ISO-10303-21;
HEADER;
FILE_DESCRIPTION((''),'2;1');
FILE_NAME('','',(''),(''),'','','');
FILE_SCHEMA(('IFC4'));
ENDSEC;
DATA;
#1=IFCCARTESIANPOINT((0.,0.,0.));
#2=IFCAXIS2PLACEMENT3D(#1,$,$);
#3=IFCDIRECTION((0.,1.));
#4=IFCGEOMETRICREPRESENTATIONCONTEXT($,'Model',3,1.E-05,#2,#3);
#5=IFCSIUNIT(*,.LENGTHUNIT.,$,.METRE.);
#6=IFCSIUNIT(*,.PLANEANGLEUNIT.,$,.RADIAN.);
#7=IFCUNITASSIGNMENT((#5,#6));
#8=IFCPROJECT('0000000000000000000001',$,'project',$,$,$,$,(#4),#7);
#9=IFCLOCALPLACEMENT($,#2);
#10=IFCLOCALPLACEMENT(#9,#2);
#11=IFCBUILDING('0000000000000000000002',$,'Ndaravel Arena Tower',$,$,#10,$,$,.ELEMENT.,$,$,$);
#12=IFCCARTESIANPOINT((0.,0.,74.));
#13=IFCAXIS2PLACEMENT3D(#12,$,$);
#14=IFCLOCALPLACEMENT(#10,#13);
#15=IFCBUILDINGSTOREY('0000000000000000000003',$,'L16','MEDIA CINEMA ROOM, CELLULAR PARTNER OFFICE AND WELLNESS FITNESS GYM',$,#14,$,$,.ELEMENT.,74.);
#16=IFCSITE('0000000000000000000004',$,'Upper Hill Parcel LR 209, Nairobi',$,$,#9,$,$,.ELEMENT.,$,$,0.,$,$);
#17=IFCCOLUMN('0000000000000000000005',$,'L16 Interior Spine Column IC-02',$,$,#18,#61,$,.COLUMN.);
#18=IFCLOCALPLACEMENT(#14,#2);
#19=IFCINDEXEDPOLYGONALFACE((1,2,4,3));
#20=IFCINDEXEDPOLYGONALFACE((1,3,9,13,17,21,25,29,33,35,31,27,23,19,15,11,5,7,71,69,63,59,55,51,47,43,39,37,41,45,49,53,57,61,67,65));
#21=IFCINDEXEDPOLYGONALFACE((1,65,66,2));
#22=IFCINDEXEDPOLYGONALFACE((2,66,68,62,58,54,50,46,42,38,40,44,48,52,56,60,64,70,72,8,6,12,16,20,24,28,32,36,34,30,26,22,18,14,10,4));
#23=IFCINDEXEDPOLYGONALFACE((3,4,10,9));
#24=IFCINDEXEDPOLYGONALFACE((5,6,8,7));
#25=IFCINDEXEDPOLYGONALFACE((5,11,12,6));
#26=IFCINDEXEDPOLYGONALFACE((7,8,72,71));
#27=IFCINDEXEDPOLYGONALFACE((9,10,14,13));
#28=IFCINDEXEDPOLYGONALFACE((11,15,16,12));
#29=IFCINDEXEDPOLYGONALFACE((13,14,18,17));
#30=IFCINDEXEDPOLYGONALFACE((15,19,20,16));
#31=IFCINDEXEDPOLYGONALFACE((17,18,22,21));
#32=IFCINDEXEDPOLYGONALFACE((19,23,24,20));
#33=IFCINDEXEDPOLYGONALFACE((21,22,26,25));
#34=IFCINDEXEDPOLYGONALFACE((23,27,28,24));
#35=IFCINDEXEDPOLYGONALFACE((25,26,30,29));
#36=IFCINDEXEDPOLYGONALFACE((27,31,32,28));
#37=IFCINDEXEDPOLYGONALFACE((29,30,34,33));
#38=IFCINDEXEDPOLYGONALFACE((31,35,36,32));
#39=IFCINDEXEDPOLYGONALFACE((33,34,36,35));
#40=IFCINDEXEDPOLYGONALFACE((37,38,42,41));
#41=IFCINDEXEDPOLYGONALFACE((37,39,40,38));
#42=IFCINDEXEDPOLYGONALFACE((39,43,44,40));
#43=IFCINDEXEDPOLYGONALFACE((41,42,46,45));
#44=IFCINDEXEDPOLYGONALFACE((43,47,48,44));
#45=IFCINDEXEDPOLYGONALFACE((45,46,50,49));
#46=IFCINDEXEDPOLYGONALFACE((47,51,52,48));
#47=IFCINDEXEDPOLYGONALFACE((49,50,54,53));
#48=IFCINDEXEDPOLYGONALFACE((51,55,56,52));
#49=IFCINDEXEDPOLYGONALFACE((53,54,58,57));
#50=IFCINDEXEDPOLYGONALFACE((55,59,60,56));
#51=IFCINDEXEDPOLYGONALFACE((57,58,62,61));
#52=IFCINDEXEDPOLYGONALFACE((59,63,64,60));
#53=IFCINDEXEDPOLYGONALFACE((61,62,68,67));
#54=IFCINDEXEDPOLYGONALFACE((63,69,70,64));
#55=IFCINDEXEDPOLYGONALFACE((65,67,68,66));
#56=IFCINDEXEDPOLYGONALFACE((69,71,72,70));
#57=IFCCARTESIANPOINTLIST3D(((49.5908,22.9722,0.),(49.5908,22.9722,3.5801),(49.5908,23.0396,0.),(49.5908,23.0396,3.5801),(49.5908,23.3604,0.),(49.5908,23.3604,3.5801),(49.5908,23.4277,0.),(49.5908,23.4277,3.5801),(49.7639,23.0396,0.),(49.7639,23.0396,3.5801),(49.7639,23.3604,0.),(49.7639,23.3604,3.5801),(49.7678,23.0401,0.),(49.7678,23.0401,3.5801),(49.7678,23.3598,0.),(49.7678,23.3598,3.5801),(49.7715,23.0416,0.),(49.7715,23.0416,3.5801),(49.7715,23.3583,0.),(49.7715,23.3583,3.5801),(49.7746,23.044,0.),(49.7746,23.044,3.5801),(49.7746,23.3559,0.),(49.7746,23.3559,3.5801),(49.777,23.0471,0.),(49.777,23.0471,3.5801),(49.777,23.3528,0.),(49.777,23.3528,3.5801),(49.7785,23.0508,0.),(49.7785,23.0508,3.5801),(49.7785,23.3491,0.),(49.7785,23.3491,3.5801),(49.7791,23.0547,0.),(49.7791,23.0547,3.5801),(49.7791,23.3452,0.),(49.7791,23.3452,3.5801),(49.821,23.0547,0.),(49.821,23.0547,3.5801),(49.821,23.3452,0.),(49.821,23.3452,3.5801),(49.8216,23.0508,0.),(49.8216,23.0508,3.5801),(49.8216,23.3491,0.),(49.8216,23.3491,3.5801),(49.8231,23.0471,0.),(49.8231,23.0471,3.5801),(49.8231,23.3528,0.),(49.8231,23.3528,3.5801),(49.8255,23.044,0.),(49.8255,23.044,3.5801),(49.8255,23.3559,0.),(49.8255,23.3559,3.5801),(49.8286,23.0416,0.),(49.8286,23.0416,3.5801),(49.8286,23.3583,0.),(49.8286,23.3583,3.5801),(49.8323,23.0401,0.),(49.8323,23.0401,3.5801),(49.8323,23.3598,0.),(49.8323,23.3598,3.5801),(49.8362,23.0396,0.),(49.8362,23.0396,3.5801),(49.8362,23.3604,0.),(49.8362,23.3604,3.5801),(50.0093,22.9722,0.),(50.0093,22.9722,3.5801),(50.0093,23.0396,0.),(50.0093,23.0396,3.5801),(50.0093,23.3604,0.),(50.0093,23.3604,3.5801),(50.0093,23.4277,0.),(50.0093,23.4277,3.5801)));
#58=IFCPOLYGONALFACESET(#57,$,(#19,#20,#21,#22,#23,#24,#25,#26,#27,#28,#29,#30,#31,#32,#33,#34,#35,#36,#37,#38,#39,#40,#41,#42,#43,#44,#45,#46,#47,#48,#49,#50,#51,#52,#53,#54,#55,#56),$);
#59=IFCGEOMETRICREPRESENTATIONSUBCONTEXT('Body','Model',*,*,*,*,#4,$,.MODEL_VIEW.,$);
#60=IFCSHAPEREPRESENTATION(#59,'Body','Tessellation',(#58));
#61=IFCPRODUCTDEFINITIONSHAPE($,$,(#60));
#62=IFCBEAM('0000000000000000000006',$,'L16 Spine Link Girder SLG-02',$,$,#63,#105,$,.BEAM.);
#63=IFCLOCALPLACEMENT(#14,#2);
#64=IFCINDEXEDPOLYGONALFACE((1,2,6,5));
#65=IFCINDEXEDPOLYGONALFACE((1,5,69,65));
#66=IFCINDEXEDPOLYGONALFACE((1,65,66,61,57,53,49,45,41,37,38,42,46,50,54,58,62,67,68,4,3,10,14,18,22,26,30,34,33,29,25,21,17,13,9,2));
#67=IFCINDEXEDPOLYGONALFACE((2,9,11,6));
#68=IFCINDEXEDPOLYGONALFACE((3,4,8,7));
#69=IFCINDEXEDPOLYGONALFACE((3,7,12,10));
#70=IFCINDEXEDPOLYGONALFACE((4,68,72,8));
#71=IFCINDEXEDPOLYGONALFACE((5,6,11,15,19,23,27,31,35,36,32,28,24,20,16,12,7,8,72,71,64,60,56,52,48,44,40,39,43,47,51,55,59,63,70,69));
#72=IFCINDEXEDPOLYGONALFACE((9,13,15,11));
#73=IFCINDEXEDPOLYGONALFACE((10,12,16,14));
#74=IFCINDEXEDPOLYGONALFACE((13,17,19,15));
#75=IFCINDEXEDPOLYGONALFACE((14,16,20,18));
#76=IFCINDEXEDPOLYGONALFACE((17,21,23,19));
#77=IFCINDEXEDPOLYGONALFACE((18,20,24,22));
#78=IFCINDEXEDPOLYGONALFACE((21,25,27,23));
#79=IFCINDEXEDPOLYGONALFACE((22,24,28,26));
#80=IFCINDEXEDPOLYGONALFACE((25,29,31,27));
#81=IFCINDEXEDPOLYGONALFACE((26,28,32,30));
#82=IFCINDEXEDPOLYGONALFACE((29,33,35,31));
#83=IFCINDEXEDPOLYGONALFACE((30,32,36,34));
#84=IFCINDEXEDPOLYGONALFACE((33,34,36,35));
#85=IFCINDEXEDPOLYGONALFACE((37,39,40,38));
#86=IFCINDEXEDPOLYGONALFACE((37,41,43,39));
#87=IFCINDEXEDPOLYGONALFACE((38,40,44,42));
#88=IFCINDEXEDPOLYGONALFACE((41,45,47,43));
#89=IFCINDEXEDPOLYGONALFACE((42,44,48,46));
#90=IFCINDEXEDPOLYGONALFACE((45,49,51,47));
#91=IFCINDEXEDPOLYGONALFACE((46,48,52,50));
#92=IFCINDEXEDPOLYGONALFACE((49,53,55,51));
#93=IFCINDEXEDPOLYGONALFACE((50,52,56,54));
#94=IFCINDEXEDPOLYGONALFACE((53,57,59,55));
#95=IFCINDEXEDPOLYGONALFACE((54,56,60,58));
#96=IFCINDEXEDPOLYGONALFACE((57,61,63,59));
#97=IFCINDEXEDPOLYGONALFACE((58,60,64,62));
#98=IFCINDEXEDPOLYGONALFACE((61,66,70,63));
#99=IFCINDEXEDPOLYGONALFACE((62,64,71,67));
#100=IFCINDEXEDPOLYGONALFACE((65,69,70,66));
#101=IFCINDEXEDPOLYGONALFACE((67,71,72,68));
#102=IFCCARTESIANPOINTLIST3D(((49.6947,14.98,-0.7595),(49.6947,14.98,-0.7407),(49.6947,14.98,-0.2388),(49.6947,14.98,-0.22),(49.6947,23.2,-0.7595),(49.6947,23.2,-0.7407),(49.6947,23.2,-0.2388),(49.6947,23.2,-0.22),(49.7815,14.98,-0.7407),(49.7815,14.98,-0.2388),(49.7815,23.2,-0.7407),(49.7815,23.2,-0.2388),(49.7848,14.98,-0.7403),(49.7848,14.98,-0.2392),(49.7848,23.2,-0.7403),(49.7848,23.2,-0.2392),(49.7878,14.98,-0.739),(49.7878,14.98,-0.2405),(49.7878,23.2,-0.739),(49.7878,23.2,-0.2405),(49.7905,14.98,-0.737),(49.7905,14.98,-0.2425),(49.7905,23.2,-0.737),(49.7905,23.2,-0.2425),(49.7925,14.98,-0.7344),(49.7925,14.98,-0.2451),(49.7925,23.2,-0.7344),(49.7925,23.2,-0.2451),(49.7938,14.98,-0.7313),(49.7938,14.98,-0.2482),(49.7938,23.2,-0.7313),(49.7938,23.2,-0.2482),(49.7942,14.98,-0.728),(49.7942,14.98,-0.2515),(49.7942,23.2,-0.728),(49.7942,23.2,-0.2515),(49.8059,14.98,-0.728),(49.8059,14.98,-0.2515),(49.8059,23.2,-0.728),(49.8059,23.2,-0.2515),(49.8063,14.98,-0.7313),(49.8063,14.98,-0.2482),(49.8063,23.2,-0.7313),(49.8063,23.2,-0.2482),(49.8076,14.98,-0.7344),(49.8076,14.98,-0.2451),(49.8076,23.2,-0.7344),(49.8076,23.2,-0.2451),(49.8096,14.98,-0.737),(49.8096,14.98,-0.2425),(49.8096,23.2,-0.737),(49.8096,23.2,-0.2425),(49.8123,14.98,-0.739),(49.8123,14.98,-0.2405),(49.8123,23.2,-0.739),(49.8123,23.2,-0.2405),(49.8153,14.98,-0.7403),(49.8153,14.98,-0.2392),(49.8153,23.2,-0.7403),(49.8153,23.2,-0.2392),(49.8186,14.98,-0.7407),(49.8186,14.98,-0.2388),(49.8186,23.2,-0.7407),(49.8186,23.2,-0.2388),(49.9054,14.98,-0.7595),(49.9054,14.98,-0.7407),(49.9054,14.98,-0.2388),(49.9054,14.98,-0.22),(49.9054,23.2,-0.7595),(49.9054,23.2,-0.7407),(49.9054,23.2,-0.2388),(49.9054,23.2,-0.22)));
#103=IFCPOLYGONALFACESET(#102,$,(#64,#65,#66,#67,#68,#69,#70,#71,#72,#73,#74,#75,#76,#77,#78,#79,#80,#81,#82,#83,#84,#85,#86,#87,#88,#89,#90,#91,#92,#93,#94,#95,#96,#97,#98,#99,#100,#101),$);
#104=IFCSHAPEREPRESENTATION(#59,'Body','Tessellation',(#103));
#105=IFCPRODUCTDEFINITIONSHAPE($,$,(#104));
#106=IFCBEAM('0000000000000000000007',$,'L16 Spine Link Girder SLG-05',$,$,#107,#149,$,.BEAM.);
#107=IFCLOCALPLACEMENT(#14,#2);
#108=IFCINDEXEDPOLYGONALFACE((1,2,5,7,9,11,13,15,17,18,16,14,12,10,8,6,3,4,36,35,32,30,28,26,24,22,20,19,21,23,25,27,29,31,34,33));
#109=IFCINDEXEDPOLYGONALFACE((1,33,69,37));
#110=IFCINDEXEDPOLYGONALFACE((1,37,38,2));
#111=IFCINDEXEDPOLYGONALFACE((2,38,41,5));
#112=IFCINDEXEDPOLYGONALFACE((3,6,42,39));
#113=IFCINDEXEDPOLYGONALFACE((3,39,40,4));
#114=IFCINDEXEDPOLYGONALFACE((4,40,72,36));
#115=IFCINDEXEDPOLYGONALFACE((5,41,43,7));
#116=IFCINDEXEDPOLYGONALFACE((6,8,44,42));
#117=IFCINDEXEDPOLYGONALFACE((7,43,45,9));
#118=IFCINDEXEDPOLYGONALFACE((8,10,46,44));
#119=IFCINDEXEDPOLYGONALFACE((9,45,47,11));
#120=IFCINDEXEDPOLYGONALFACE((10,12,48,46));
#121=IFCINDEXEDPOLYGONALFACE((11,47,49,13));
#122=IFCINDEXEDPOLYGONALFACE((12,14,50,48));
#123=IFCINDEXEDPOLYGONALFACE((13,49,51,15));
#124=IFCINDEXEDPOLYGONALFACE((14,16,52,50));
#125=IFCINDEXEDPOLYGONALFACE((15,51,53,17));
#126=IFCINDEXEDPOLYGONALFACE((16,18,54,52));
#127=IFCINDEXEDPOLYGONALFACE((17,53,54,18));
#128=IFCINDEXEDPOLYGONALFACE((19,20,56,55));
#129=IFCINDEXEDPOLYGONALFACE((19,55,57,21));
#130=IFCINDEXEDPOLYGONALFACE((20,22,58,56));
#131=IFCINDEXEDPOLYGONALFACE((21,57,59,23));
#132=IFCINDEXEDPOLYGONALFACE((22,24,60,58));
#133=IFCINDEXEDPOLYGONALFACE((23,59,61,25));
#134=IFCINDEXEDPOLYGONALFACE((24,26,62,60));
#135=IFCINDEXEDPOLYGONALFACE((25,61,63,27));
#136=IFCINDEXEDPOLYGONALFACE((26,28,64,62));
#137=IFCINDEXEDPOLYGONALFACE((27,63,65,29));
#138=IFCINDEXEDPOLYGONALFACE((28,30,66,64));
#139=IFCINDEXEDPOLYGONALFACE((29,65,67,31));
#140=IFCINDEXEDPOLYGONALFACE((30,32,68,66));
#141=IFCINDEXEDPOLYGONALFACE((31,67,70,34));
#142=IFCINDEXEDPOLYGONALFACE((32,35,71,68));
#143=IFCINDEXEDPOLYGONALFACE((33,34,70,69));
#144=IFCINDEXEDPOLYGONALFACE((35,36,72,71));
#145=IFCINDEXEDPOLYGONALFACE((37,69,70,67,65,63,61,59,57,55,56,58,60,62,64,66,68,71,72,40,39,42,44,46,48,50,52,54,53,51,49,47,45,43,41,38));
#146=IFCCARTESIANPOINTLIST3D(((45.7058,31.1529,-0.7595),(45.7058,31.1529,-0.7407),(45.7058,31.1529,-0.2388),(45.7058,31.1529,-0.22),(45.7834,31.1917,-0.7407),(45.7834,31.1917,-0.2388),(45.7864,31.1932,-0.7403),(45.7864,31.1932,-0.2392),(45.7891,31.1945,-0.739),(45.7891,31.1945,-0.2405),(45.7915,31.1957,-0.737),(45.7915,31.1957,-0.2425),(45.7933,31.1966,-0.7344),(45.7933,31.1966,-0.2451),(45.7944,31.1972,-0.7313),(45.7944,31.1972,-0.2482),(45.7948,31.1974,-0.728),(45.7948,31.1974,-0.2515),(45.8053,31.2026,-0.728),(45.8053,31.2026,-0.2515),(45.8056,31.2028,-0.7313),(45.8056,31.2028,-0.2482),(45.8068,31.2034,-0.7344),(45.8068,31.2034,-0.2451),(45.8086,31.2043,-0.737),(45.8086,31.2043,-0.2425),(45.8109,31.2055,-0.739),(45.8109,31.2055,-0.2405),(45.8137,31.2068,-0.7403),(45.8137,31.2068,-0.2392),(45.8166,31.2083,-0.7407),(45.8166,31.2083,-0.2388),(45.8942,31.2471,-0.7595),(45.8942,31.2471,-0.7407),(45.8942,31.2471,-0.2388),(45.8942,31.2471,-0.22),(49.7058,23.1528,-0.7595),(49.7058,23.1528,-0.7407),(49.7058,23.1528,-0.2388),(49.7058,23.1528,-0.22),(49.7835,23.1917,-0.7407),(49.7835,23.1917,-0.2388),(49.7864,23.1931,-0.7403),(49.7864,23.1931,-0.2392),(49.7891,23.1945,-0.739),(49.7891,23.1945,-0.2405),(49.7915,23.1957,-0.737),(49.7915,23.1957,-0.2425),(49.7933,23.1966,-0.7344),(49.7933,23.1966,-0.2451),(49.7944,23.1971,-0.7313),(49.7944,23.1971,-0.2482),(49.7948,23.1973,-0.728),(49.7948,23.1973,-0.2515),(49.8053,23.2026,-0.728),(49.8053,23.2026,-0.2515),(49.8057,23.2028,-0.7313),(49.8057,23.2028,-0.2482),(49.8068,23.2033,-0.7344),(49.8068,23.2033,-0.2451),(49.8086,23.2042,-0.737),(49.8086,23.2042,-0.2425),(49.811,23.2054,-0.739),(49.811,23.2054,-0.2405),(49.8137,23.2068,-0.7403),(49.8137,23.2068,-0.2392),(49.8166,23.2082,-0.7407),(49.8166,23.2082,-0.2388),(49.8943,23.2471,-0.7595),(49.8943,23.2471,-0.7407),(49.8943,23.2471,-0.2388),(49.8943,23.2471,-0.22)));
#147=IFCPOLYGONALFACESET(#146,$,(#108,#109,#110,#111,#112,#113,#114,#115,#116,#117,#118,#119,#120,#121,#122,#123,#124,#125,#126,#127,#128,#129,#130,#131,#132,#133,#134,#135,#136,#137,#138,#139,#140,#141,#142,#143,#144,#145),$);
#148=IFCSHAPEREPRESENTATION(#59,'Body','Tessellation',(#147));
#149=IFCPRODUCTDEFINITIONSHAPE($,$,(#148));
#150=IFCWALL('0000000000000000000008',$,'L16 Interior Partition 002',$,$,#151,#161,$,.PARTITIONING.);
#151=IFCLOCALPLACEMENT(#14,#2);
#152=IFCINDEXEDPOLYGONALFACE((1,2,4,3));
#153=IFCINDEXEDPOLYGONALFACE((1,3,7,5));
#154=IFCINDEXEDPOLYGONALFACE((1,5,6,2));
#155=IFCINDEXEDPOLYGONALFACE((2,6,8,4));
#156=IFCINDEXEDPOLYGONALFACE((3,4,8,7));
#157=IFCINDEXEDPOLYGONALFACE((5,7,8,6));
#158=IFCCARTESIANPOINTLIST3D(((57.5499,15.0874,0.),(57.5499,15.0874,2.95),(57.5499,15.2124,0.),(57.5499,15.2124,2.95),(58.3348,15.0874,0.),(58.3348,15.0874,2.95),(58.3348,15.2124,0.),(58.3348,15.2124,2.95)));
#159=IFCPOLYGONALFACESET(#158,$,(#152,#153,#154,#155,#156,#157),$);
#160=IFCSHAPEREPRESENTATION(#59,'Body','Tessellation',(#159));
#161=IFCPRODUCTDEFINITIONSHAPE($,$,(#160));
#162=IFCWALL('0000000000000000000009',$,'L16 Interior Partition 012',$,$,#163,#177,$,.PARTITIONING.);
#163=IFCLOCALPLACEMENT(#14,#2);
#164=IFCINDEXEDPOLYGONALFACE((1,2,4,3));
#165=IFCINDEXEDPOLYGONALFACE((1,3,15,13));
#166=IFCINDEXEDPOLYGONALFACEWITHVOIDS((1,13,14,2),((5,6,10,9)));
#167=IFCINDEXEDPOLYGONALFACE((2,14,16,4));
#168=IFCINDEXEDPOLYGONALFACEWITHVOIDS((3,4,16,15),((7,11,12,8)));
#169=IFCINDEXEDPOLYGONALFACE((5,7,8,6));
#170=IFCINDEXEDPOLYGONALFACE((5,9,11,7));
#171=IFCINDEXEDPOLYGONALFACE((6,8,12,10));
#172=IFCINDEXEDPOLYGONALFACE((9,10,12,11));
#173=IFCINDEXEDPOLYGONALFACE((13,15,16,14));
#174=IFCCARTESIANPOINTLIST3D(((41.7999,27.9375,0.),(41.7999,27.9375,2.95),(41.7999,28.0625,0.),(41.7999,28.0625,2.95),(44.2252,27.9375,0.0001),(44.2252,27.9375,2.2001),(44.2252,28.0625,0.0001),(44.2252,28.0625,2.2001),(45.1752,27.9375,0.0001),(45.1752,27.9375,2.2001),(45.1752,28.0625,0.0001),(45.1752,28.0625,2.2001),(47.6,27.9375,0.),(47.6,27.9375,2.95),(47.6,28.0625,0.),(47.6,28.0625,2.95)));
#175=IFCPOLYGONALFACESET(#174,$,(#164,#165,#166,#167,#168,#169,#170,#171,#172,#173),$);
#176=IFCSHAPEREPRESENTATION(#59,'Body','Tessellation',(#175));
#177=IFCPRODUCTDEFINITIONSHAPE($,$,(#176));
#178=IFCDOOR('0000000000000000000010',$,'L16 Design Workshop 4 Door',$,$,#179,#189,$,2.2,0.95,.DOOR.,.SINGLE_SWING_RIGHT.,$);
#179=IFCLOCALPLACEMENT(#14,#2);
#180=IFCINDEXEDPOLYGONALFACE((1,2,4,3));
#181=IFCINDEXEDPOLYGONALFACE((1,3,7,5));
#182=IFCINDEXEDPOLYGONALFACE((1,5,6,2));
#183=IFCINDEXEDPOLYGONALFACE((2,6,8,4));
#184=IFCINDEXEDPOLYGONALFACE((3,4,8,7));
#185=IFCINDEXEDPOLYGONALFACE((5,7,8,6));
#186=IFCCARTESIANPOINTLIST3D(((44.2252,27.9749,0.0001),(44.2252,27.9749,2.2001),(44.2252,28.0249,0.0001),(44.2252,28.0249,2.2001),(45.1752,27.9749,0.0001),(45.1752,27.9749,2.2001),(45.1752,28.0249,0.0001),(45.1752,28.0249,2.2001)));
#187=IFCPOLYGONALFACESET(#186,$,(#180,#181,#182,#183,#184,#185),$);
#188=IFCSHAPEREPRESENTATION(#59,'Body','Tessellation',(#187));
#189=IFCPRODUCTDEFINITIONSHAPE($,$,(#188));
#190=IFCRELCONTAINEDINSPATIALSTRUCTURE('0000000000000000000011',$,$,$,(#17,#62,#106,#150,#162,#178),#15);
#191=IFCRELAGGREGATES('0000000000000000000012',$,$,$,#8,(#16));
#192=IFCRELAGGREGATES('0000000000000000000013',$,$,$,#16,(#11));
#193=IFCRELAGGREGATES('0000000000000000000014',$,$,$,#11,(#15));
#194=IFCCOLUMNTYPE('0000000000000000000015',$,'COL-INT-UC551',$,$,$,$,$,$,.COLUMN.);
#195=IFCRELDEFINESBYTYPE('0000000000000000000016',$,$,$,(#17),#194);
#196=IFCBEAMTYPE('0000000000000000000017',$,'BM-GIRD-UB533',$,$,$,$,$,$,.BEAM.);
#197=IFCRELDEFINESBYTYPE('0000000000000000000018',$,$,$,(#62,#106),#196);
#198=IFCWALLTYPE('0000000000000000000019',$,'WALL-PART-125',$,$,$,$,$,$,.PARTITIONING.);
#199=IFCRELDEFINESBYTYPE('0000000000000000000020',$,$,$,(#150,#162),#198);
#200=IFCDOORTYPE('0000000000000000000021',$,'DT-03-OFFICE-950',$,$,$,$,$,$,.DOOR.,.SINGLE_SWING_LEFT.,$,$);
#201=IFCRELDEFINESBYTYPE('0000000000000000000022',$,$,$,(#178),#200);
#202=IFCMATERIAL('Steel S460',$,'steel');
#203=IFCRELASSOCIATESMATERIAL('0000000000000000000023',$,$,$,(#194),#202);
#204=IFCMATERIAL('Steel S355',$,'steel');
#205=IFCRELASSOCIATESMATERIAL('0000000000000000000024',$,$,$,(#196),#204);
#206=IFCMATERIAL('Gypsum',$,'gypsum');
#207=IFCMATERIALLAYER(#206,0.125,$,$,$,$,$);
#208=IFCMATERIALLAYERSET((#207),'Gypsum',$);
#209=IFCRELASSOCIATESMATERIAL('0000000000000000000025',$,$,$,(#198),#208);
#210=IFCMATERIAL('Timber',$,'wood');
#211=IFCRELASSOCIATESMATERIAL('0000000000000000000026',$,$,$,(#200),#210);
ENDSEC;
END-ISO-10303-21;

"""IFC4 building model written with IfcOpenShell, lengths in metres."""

from ifc_helpers import new_model, si_unit, direction, frame, frame_2d, origin, origin_2d, place, context, subcontext, project, spatial, rectangle, i_section, extrude, material, layer, layer_set, material_profile, profile_set, type_object, element, fill, save


model = new_model("IFC4")

# Units and contexts
model_context = context("Model", 3, precision=1e-05, world=origin(), true_north=direction((0.0, 1.0)))
body_context = subcontext(model_context, "Body", "Model", "MODEL_VIEW")
ifc_project = project(units=[si_unit("LENGTHUNIT", "METRE"), si_unit("PLANEANGLEUNIT", "RADIAN")], contexts=[model_context])

# Site, building, storey
site_placement = place(None, origin())
site = spatial("IfcSite", under=ifc_project, at=site_placement, Name="Upper Hill Parcel LR 209, Nairobi", CompositionType="ELEMENT", RefElevation=0.0)
building_placement = place(site_placement, origin())
building = spatial("IfcBuilding", under=site, at=building_placement, Name="Ndaravel Arena Tower", CompositionType="ELEMENT")
storey_placement = place(building_placement, frame((0.0, 0.0, 74.0)))
storey = spatial("IfcBuildingStorey", under=building, at=storey_placement, Name="L16", Description="MEDIA CINEMA ROOM, CELLULAR PARTNER OFFICE AND WELLNESS FITNESS GYM", CompositionType="ELEMENT", Elevation=74.0)

# Column
ifc_material_1 = material(Name="Steel S460", Category="steel")
ifc_material_profile_1 = material_profile(ifc_material_1, i_section(OverallWidth=0.4185, OverallDepth=0.4556, WebThickness=0.042, FlangeThickness=0.0674, FilletRadius=0.0151, at=origin_2d()), Name="UC 356x406x551")
ifc_profile_set_1 = profile_set([ifc_material_profile_1], Name="Steel S460")
column_type = type_object("IfcColumnType", Name="COL-INT-UC551", PredefinedType="COLUMN", material=ifc_profile_set_1)
column_placement = place(storey_placement, frame((49.8, 23.2, 0.0), z_axis=(0.0, 0.0, 1.0), x_axis=(1.0, 0.0, 0.0)))
element("IfcColumn", 1, at=column_placement, inside=storey, type_object=column_type, Name="L16 Interior Spine Column IC-02", PredefinedType="COLUMN", context=body_context, shape_type="SweptSolid", body=[
    extrude(i_section(OverallWidth=0.4185, OverallDepth=0.4556, WebThickness=0.042, FlangeThickness=0.0674, FilletRadius=0.0151, at=origin_2d()), origin(), (0.0, 0.0, 1.0), 3.5801),
])

# Beams
ifc_material_2 = material(Name="Steel S355", Category="steel")
ifc_material_profile_2 = material_profile(ifc_material_2, i_section(OverallWidth=0.2107, OverallDepth=0.5396, WebThickness=0.0117, FlangeThickness=0.0188, FilletRadius=0.0127, at=origin_2d()), Name="UB 533x210x109")
ifc_profile_set_2 = profile_set([ifc_material_profile_2], Name="Steel S355")
beam_type = type_object("IfcBeamType", Name="BM-GIRD-UB533", PredefinedType="BEAM", material=ifc_profile_set_2)
beam_1_placement = place(storey_placement, frame((49.8, 14.98, -0.4897), z_axis=(0.0, 1.0, 0.0), x_axis=(-1.0, 0.0, 0.0)))
element("IfcBeam", 2, at=beam_1_placement, inside=storey, type_object=beam_type, Name="L16 Spine Link Girder SLG-02", PredefinedType="BEAM", context=body_context, shape_type="SweptSolid", body=[
    extrude(i_section(OverallWidth=0.2107, OverallDepth=0.5396, WebThickness=0.0117, FlangeThickness=0.0188, FilletRadius=0.0127, at=origin_2d()), origin(), (0.0, 0.0, 1.0), 8.22),
])
beam_2_placement = place(storey_placement, frame((49.8, 23.2, -0.4897), z_axis=(-0.447214, 0.894427, 0.0), x_axis=(-0.894427, -0.447214, 0.0)))
element("IfcBeam", 3, at=beam_2_placement, inside=storey, type_object=beam_type, Name="L16 Spine Link Girder SLG-05", PredefinedType="BEAM", context=body_context, shape_type="SweptSolid", body=[
    extrude(i_section(OverallWidth=0.2107, OverallDepth=0.5396, WebThickness=0.0117, FlangeThickness=0.0188, FilletRadius=0.0127, at=origin_2d()), origin(), (0.0, 0.0, 1.0), 8.9443),
])

# Wall
ifc_material_3 = material(Name="Gypsum", Category="gypsum")
ifc_layer_1 = layer(ifc_material_3, 0.125)
ifc_layer_set_1 = layer_set([ifc_layer_1], Name="Gypsum")
wall_type_1 = type_object("IfcWallType", Name="WALL-PART-125", PredefinedType="PARTITIONING", material=ifc_layer_set_1)
wall_1_placement = place(storey_placement, frame((58.335, 15.1499, 0.0), z_axis=(0.0, 0.0, 1.0), x_axis=(-1.0, 0.0, 0.0)))
element("IfcWall", 4, at=wall_1_placement, inside=storey, type_object=wall_type_1, Name="L16 Interior Partition 002", PredefinedType="PARTITIONING", context=body_context, shape_type="SweptSolid", body=[
    extrude(rectangle(XDim=0.7849, YDim=0.125, at=frame_2d((0.3926, 0.0))), origin(), (0.0, 0.0, 1.0), 2.95),
])

# Wall, opening, door
wall_2_placement = place(storey_placement, frame((41.8, 28.0, 0.0), z_axis=(0.0, 0.0, 1.0), x_axis=(1.0, 0.0, 0.0)))
wall_2 = element("IfcWall", 5, at=wall_2_placement, inside=storey, type_object=wall_type_1, Name="L16 Interior Partition 012", PredefinedType="PARTITIONING", context=body_context, shape_type="SweptSolid", body=[
    extrude(rectangle(XDim=5.8, YDim=0.125, at=frame_2d((2.8999, 0.0))), origin(), (0.0, 0.0, 1.0), 2.95),
])
opening_1_placement = place(wall_2_placement, frame((2.425, 0.0, 0.0)))
opening_1 = element("IfcOpeningElement", 6, at=opening_1_placement, cuts=wall_2, PredefinedType="OPENING", context=body_context, shape_type="SweptSolid", body=[
    extrude(rectangle(XDim=0.95, YDim=2.2, at=frame_2d((0.4751, 1.1001))), frame((0.0, 0.0625, 0.0), z_axis=(0.0, -1.0, 0.0), x_axis=(1.0, 0.0, 0.0)), (0.0, 0.0, 1.0), 0.125),
])
ifc_material_4 = material(Name="Timber", Category="wood")
door_type_1 = type_object("IfcDoorType", Name="DT-03-OFFICE-950", OperationType="SINGLE_SWING_LEFT", PredefinedType="DOOR", material=ifc_material_4)
door_1_placement = place(opening_1_placement, origin())
door_1 = element("IfcDoor", 7, at=door_1_placement, inside=storey, type_object=door_type_1, Name="L16 Design Workshop 4 Door", OperationType="SINGLE_SWING_RIGHT", OverallHeight=2.2, OverallWidth=0.95, PredefinedType="DOOR", context=body_context, shape_type="SweptSolid", body=[
    extrude(rectangle(XDim=0.95, YDim=2.2, at=frame_2d((0.4751, 1.1001))), frame((0.0, 0.0249, 0.0), z_axis=(0.0, -1.0, 0.0), x_axis=(1.0, 0.0, 0.0)), (0.0, 0.0, 1.0), 0.05),
])
fill(opening_1, door_1)

save(model, "model.ifc")
